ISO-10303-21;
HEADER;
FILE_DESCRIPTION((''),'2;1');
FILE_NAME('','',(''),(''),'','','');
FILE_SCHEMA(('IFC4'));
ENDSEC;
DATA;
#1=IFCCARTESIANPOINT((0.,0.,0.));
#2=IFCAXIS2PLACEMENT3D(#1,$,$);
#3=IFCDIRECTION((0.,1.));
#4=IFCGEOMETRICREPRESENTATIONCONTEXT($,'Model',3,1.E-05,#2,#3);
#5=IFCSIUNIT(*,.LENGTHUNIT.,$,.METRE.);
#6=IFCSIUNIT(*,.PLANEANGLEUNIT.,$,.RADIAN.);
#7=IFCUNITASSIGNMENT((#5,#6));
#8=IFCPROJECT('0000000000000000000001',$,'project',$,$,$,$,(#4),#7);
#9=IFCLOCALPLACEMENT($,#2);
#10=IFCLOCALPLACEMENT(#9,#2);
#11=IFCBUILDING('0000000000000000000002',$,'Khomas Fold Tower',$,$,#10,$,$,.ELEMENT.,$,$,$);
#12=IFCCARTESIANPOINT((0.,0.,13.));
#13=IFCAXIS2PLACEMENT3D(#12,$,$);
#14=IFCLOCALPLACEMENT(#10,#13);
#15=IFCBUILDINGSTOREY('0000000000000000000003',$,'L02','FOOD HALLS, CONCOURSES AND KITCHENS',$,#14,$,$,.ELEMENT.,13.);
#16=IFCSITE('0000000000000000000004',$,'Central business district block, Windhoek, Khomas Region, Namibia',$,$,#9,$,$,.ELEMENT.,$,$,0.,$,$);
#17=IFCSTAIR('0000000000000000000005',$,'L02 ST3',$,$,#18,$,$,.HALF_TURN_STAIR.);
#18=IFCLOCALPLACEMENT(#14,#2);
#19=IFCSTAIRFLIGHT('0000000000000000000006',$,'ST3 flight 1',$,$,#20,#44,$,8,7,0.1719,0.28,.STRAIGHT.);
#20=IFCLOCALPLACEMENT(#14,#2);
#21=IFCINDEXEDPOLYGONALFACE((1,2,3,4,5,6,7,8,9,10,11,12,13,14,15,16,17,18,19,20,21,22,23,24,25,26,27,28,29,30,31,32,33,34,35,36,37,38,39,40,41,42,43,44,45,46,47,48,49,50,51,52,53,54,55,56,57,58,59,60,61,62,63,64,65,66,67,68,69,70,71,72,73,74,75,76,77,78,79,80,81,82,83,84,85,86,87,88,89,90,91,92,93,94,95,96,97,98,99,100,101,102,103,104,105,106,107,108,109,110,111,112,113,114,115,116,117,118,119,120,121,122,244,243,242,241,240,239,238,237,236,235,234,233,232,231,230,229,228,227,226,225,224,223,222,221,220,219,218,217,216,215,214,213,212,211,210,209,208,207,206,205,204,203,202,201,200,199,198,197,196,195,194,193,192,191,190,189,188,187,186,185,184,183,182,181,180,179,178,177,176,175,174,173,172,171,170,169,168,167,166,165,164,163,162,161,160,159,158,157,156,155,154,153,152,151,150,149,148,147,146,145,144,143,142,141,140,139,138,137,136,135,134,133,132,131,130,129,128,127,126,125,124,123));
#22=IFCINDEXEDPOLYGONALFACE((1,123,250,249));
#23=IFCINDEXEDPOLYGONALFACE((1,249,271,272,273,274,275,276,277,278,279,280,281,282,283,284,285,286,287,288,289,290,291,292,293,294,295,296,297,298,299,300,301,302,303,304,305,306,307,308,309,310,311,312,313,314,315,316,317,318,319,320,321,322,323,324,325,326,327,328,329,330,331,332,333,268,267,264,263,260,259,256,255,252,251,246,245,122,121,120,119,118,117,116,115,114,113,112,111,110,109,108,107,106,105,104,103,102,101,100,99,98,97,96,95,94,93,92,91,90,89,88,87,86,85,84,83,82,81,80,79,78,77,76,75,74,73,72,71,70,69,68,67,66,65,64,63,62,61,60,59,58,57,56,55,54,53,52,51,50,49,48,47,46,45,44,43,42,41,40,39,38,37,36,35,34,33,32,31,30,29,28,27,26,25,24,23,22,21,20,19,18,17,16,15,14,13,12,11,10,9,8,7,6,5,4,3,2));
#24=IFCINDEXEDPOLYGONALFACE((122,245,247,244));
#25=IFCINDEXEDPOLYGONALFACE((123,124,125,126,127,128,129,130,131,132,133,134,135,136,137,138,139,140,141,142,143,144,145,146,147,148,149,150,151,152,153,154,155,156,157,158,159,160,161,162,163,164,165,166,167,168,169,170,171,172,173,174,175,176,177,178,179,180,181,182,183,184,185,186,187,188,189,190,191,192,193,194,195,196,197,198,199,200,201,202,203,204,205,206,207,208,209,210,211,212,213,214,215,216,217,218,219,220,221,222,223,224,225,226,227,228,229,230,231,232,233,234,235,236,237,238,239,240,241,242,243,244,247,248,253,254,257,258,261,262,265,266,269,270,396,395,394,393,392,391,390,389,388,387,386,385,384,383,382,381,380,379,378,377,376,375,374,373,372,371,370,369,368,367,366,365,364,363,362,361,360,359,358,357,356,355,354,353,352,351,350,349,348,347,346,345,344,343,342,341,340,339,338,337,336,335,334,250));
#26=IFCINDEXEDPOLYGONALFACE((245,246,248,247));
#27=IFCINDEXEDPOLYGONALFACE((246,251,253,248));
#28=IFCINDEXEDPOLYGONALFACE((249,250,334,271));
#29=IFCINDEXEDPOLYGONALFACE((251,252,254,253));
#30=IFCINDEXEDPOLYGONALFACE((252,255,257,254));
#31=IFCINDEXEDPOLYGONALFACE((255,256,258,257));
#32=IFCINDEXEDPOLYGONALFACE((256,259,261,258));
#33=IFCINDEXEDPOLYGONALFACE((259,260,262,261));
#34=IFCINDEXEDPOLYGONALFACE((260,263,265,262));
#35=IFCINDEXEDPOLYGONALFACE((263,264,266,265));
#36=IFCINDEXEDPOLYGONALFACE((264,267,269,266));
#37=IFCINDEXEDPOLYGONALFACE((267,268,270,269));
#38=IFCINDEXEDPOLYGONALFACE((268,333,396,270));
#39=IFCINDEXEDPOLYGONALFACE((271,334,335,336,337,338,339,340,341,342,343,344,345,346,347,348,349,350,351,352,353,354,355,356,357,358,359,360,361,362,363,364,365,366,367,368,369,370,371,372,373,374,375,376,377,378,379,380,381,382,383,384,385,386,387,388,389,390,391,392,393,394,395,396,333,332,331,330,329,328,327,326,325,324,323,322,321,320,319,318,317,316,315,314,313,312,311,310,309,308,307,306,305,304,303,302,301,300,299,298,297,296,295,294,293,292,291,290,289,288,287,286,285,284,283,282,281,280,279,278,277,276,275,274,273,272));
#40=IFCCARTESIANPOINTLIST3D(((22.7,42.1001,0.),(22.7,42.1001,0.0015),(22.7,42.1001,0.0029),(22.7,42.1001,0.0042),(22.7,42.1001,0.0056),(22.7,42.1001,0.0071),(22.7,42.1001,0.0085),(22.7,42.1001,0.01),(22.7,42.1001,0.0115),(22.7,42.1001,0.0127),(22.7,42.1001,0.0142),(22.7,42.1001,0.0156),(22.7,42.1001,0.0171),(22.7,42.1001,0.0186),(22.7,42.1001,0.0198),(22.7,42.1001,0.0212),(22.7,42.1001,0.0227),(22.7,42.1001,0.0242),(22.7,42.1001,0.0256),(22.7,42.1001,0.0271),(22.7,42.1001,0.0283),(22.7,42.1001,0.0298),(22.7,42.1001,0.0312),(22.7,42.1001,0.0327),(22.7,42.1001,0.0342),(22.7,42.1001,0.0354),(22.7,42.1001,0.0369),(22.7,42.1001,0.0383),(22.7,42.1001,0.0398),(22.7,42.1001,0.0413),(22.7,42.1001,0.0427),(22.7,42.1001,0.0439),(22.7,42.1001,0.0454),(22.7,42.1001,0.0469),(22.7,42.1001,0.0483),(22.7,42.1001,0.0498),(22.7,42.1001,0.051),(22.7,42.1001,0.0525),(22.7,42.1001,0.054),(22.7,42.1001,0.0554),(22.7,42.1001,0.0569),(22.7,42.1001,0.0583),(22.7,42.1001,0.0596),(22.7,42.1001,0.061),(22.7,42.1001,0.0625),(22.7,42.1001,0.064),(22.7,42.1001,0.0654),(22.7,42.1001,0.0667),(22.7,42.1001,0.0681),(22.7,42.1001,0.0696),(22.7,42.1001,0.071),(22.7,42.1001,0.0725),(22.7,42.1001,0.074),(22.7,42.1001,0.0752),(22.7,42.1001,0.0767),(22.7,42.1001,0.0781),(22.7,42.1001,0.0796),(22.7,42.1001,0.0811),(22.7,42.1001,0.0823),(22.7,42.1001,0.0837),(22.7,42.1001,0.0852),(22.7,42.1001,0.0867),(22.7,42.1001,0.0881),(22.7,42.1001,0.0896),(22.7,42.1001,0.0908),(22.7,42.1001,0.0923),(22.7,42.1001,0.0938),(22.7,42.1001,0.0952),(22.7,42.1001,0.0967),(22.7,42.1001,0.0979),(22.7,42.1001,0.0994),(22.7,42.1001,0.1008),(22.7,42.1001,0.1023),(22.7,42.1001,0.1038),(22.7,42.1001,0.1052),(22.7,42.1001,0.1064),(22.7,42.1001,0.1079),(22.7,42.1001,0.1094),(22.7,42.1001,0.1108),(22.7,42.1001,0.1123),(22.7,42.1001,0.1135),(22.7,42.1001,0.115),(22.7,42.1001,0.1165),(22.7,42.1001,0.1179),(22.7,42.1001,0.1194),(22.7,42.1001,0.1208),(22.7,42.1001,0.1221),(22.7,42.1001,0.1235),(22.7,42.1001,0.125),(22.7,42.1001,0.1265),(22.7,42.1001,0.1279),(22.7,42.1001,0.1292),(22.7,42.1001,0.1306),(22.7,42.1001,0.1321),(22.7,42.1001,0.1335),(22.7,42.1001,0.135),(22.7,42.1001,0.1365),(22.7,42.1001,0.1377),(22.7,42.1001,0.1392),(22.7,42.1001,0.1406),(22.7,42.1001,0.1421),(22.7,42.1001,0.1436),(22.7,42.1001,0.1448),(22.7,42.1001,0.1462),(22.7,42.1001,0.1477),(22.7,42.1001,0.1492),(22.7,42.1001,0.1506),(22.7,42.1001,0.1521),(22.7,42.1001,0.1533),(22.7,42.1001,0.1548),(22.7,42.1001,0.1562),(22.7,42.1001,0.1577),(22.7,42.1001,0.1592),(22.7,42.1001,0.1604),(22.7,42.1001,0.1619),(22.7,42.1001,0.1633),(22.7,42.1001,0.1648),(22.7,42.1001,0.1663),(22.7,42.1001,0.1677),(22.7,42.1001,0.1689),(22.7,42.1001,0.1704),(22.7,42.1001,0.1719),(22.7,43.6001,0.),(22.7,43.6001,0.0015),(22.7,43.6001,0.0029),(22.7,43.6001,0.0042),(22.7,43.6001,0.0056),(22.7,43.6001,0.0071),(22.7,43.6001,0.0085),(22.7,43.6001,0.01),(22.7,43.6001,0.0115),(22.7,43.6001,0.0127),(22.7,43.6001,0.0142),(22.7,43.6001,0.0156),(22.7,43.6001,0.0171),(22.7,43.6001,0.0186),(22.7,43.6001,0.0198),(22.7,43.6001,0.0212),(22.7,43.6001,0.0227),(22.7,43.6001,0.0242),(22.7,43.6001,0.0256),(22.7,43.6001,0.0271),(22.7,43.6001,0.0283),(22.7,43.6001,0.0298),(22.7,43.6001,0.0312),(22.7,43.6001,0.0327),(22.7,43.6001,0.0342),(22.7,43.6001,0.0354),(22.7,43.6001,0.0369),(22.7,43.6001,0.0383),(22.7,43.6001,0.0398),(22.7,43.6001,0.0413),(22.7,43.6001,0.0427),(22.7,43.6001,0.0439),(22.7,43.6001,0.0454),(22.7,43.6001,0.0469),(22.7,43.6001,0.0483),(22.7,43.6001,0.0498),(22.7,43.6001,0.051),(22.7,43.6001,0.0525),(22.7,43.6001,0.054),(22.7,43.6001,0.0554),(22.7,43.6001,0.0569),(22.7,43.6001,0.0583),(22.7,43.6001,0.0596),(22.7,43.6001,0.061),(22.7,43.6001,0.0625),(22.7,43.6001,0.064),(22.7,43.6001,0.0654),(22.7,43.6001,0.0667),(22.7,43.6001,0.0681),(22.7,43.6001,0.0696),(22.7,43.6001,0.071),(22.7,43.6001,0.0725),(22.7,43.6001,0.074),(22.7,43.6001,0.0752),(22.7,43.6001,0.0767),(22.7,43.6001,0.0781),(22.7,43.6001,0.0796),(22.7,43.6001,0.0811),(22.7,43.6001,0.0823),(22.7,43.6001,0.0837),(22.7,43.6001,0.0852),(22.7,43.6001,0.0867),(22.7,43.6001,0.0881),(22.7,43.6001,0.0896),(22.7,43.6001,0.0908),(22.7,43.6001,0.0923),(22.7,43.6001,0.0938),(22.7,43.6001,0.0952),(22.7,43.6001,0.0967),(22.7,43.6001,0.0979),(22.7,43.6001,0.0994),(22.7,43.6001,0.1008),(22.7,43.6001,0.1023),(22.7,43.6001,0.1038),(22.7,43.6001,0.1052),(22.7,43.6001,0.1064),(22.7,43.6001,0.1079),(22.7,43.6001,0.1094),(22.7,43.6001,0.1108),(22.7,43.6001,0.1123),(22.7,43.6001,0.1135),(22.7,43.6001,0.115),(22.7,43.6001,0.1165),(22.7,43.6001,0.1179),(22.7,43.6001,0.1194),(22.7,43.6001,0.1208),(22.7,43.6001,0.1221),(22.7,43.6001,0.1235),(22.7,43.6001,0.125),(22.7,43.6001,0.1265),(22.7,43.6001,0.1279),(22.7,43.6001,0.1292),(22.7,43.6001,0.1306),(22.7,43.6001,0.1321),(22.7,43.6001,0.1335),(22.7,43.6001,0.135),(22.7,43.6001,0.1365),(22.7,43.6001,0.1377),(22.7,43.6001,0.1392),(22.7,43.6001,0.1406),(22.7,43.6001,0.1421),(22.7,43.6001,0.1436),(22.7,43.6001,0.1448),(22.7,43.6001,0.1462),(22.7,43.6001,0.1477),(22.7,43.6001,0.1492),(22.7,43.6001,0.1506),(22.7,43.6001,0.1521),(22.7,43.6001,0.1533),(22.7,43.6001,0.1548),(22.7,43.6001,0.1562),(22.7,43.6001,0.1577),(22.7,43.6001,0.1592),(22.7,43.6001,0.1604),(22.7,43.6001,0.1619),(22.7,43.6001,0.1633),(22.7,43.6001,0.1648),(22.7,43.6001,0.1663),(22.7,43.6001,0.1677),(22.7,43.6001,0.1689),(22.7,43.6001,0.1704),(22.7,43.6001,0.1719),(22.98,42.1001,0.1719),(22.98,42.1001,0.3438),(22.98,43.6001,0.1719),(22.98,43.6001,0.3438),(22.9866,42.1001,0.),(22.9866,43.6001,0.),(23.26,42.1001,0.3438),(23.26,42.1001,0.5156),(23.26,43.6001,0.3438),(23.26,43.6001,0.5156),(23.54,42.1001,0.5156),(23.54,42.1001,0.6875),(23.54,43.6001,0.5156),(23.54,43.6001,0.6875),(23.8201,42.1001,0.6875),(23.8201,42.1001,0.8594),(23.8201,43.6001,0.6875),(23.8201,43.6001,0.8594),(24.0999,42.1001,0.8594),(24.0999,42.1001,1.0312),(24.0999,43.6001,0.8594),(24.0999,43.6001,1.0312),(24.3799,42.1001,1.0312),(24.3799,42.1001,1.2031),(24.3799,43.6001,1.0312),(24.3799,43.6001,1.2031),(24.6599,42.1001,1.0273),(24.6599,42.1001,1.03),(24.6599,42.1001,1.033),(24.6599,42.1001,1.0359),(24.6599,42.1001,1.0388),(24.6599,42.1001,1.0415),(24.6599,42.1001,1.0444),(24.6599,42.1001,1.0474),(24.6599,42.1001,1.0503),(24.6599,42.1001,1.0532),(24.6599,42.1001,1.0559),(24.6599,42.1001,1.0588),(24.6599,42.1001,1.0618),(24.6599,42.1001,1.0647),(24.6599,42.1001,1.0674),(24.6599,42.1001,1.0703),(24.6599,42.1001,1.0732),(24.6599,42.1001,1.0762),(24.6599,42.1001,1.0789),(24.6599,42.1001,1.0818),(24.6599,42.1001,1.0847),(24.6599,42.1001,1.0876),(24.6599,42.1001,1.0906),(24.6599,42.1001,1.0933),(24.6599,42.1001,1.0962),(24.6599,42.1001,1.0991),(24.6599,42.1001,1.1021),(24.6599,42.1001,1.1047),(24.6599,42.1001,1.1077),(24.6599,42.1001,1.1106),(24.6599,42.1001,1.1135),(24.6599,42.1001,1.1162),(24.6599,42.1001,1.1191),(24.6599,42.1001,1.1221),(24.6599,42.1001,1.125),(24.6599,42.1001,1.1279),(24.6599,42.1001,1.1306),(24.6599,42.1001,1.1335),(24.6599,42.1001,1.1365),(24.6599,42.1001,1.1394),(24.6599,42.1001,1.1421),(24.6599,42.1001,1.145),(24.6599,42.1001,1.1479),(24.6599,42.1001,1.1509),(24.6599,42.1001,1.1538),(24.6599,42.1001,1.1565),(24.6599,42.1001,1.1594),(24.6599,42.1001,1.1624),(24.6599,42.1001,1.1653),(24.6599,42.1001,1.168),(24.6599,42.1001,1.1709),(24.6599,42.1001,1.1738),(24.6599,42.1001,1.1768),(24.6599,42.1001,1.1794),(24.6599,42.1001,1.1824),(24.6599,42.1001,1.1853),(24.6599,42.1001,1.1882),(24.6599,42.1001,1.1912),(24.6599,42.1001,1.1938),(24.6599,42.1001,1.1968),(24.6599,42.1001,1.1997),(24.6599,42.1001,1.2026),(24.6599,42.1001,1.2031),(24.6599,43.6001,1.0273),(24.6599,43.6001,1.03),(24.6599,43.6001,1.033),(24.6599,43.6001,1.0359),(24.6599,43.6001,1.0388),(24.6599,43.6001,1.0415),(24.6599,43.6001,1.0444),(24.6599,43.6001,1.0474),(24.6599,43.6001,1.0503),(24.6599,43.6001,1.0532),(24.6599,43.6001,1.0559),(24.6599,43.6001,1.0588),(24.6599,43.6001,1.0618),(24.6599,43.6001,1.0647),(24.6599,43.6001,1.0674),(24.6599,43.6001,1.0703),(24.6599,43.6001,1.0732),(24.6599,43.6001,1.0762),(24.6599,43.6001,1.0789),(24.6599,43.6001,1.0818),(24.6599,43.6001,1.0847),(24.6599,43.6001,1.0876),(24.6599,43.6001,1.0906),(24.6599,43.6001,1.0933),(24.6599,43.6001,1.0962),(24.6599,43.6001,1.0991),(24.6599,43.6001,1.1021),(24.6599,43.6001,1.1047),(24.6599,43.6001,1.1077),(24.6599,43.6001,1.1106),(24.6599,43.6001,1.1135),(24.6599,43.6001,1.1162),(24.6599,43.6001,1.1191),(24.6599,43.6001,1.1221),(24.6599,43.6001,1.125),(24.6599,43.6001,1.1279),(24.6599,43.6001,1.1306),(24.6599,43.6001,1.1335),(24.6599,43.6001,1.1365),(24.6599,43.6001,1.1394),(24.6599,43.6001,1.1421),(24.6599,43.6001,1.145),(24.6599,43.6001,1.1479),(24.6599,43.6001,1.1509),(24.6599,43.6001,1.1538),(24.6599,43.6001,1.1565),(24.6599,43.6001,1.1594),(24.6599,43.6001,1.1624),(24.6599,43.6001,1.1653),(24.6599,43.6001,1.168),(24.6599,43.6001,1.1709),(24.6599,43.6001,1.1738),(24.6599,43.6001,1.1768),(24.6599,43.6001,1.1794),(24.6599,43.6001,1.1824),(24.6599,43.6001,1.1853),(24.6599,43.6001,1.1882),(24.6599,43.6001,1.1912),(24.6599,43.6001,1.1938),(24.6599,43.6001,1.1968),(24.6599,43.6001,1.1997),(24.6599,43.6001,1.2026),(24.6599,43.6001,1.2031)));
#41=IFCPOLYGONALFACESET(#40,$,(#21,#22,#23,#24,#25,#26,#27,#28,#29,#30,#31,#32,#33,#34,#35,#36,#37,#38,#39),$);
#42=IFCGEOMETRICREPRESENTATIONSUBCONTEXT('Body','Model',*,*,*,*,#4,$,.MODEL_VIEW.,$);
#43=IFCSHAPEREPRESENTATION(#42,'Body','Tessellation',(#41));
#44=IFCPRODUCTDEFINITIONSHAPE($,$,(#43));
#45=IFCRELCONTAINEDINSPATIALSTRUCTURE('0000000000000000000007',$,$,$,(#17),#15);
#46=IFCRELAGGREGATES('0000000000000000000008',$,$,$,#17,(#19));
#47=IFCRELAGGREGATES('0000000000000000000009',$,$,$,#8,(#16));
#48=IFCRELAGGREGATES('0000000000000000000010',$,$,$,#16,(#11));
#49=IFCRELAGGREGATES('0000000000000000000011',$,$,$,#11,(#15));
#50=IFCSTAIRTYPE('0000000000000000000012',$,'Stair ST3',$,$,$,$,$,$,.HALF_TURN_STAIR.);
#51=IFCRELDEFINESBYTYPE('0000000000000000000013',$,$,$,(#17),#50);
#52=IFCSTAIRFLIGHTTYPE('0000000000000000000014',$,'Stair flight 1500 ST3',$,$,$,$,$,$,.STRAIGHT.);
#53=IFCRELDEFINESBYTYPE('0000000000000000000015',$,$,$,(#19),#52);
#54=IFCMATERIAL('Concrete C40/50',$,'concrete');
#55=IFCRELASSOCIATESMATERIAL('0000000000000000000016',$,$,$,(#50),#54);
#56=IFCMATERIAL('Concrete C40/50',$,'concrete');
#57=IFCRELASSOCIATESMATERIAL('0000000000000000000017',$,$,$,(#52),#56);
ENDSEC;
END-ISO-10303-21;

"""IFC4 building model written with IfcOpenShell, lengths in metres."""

from ifc_helpers import new_model, si_unit, direction, frame, origin, place, context, subcontext, project, spatial, polyline, outline, extrude, source, transform, mapped, material, type_object, element, aggregate, save


model = new_model("IFC4")

# Units and contexts
model_context = context("Model", 3, precision=1e-05, world=origin(), true_north=direction((0.0, 1.0)))
body_context = subcontext(model_context, "Body", "Model", "MODEL_VIEW")
ifc_project = project(units=[si_unit("LENGTHUNIT", "METRE"), si_unit("PLANEANGLEUNIT", "RADIAN")], contexts=[model_context])

# Site, building, storey
site_placement = place(None, origin())
site = spatial("IfcSite", under=ifc_project, at=site_placement, Name="Central business district block, Windhoek, Khomas Region, Namibia", CompositionType="ELEMENT", RefElevation=0.0)
building_placement = place(site_placement, origin())
building = spatial("IfcBuilding", under=site, at=building_placement, Name="Khomas Fold Tower", CompositionType="ELEMENT")
storey_placement = place(building_placement, frame((0.0, 0.0, 13.0)))
storey = spatial("IfcBuildingStorey", under=building, at=storey_placement, Name="L02", Description="FOOD HALLS, CONCOURSES AND KITCHENS", CompositionType="ELEMENT", Elevation=13.0)

# Stair, stair flight
shared_shape_1 = source(origin(), body_context, "Body", "SweptSolid", [
    extrude(outline(polyline([(0.0, 0.0), (0.0, 0.0015), (0.0, 0.0029), (0.0, 0.0042), (0.0, 0.0056), (0.0, 0.0071), (0.0, 0.0085), (0.0, 0.01), (0.0, 0.0115), (0.0, 0.0127), (0.0, 0.0142), (0.0, 0.0156), (0.0, 0.0171), (0.0, 0.0186), (0.0, 0.0198), (0.0, 0.0212), (0.0, 0.0227), (0.0, 0.0242), (0.0, 0.0256), (0.0, 0.0271), (0.0, 0.0283), (0.0, 0.0298), (0.0, 0.0312), (0.0, 0.0327), (0.0, 0.0342), (0.0, 0.0354), (0.0, 0.0369), (0.0, 0.0383), (0.0, 0.0398), (0.0, 0.0413), (0.0, 0.0427), (0.0, 0.0439), (0.0, 0.0454), (0.0, 0.0469), (0.0, 0.0483), (0.0, 0.0498), (0.0, 0.051), (0.0, 0.0525), (0.0, 0.054), (0.0, 0.0554), (0.0, 0.0569), (0.0, 0.0583), (0.0, 0.0596), (0.0, 0.061), (0.0, 0.0625), (0.0, 0.064), (0.0, 0.0654), (0.0, 0.0667), (0.0, 0.0681), (0.0, 0.0696), (0.0, 0.071), (0.0, 0.0725), (0.0, 0.074), (0.0, 0.0752), (0.0, 0.0767), (0.0, 0.0781), (0.0, 0.0796), (0.0, 0.0811), (0.0, 0.0823), (0.0, 0.0837), (0.0, 0.0852), (0.0, 0.0867), (0.0, 0.0881), (0.0, 0.0896), (0.0, 0.0908), (0.0, 0.0923), (0.0, 0.0938), (0.0, 0.0952), (0.0, 0.0967), (0.0, 0.0979), (0.0, 0.0994), (0.0, 0.1008), (0.0, 0.1023), (0.0, 0.1038), (0.0, 0.1052), (0.0, 0.1064), (0.0, 0.1079), (0.0, 0.1094), (0.0, 0.1108), (0.0, 0.1123), (0.0, 0.1135), (0.0, 0.115), (0.0, 0.1165), (0.0, 0.1179), (0.0, 0.1194), (0.0, 0.1208), (0.0, 0.1221), (0.0, 0.1235), (0.0, 0.125), (0.0, 0.1265), (0.0, 0.1279), (0.0, 0.1292), (0.0, 0.1306), (0.0, 0.1321), (0.0, 0.1335), (0.0, 0.135), (0.0, 0.1365), (0.0, 0.1377), (0.0, 0.1392), (0.0, 0.1406), (0.0, 0.1421), (0.0, 0.1436), (0.0, 0.1448), (0.0, 0.1462), (0.0, 0.1477), (0.0, 0.1492), (0.0, 0.1506), (0.0, 0.1521), (0.0, 0.1533), (0.0, 0.1548), (0.0, 0.1562), (0.0, 0.1577), (0.0, 0.1592), (0.0, 0.1604), (0.0, 0.1619), (0.0, 0.1633), (0.0, 0.1648), (0.0, 0.1663), (0.0, 0.1677), (0.0, 0.1689), (0.0, 0.1704), (0.0, 0.1719), (0.28, 0.1719), (0.28, 0.3438), (0.5601, 0.3438), (0.5601, 0.5156), (0.8401, 0.5156), (0.8401, 0.6875), (1.1201, 0.6875), (1.1201, 0.8594), (1.3999, 0.8594), (1.3999, 1.0312), (1.6799, 1.0312), (1.6799, 1.2031), (1.96, 1.2031), (1.96, 1.375), (1.96, 1.3721), (1.96, 1.3691), (1.96, 1.3665), (1.96, 1.3635), (1.96, 1.3606), (1.96, 1.3577), (1.96, 1.355), (1.96, 1.3521), (1.96, 1.3491), (1.96, 1.3462), (1.96, 1.3435), (1.96, 1.3406), (1.96, 1.3376), (1.96, 1.3347), (1.96, 1.3318), (1.96, 1.3291), (1.96, 1.3262), (1.96, 1.3232), (1.96, 1.3203), (1.96, 1.3176), (1.96, 1.3147), (1.96, 1.3118), (1.96, 1.3088), (1.96, 1.3059), (1.96, 1.3032), (1.96, 1.3003), (1.96, 1.2974), (1.96, 1.2944), (1.96, 1.2917), (1.96, 1.2888), (1.96, 1.2859), (1.96, 1.283), (1.96, 1.2803), (1.96, 1.2773), (1.96, 1.2744), (1.96, 1.2715), (1.96, 1.2686), (1.96, 1.2659), (1.96, 1.2629), (1.96, 1.26), (1.96, 1.2571), (1.96, 1.2544), (1.96, 1.2515), (1.96, 1.2485), (1.96, 1.2456), (1.96, 1.2427), (1.96, 1.24), (1.96, 1.2371), (1.96, 1.2341), (1.96, 1.2312), (1.96, 1.2285), (1.96, 1.2256), (1.96, 1.2227), (1.96, 1.2197), (1.96, 1.217), (1.96, 1.2141), (1.96, 1.2112), (1.96, 1.2083), (1.96, 1.2053), (1.96, 1.2026), (1.96, 1.1997), (1.96, 1.1968), (1.96, 1.1938), (1.96, 1.1912), (1.96, 1.1882), (1.96, 1.1853), (1.96, 1.1824), (1.96, 1.1794), (1.96, 1.1768), (1.96, 1.1738), (1.96, 1.1709), (1.96, 1.168), (1.96, 1.1653), (1.96, 1.1624), (1.96, 1.1594), (1.96, 1.1565), (1.96, 1.1538), (1.96, 1.1509), (1.96, 1.1479), (1.96, 1.145), (1.96, 1.1421), (1.96, 1.1394), (1.96, 1.1365), (1.96, 1.1335), (1.96, 1.1306), (1.96, 1.1279), (1.96, 1.125), (1.96, 1.1221), (1.96, 1.1191), (1.96, 1.1162), (1.96, 1.1135), (1.96, 1.1106), (1.96, 1.1077), (1.96, 1.1047), (1.96, 1.1021), (1.96, 1.0991), (1.96, 1.0962), (1.96, 1.0933), (1.96, 1.0906), (1.96, 1.0876), (1.96, 1.0847), (1.96, 1.0818), (1.96, 1.0789), (1.96, 1.0762), (1.96, 1.0732), (1.96, 1.0703), (1.96, 1.0674), (1.96, 1.0647), (1.96, 1.0618), (1.96, 1.0588), (1.96, 1.0559), (1.96, 1.0532), (1.96, 1.0503), (1.96, 1.0474), (1.96, 1.0444), (1.96, 1.0415), (1.96, 1.0388), (1.96, 1.0359), (1.96, 1.033), (1.96, 1.03), (1.96, 1.0273), (0.2866, 0.0), (0.0, 0.0)])), frame((0.0, 0.75, 0.0), z_axis=(0.0, -1.0, 0.0), x_axis=(1.0, 0.0, 0.0)), (0.0, 0.0, 1.0), 1.5),
])
ifc_material_1 = material(Name="Concrete C40/50", Category="concrete")
stair_type_1 = type_object("IfcStairType", Name="Stair ST3", PredefinedType="HALF_TURN_STAIR", material=ifc_material_1)
stair_1_placement = place(storey_placement, origin())
stair_1 = element("IfcStair", 1, at=stair_1_placement, inside=storey, type_object=stair_type_1, Name="L02 ST3", PredefinedType="HALF_TURN_STAIR")
ifc_material_2 = material(Name="Concrete C40/50", Category="concrete")
stair_flight_type_1 = type_object("IfcStairFlightType", Name="Stair flight 1500 ST3", PredefinedType="STRAIGHT", material=ifc_material_2)
stair_flight_1_placement = place(storey_placement, frame((22.7, 42.8501, 0.0), z_axis=(0.0, 0.0, 1.0), x_axis=(1.0, 0.0, 0.0)))
stair_flight_1 = element("IfcStairFlight", 2, at=stair_flight_1_placement, type_object=stair_flight_type_1, Name="ST3 flight 1", NumberOfRisers=8, NumberOfTreads=7, PredefinedType="STRAIGHT", RiserHeight=0.1719, TreadLength=0.28, context=body_context, shape_type="MappedRepresentation", body=[
    mapped(shared_shape_1, transform((0.0, 0.0, 0.0))),
])
aggregate(stair_1, [stair_flight_1])

save(model, "model.ifc")
